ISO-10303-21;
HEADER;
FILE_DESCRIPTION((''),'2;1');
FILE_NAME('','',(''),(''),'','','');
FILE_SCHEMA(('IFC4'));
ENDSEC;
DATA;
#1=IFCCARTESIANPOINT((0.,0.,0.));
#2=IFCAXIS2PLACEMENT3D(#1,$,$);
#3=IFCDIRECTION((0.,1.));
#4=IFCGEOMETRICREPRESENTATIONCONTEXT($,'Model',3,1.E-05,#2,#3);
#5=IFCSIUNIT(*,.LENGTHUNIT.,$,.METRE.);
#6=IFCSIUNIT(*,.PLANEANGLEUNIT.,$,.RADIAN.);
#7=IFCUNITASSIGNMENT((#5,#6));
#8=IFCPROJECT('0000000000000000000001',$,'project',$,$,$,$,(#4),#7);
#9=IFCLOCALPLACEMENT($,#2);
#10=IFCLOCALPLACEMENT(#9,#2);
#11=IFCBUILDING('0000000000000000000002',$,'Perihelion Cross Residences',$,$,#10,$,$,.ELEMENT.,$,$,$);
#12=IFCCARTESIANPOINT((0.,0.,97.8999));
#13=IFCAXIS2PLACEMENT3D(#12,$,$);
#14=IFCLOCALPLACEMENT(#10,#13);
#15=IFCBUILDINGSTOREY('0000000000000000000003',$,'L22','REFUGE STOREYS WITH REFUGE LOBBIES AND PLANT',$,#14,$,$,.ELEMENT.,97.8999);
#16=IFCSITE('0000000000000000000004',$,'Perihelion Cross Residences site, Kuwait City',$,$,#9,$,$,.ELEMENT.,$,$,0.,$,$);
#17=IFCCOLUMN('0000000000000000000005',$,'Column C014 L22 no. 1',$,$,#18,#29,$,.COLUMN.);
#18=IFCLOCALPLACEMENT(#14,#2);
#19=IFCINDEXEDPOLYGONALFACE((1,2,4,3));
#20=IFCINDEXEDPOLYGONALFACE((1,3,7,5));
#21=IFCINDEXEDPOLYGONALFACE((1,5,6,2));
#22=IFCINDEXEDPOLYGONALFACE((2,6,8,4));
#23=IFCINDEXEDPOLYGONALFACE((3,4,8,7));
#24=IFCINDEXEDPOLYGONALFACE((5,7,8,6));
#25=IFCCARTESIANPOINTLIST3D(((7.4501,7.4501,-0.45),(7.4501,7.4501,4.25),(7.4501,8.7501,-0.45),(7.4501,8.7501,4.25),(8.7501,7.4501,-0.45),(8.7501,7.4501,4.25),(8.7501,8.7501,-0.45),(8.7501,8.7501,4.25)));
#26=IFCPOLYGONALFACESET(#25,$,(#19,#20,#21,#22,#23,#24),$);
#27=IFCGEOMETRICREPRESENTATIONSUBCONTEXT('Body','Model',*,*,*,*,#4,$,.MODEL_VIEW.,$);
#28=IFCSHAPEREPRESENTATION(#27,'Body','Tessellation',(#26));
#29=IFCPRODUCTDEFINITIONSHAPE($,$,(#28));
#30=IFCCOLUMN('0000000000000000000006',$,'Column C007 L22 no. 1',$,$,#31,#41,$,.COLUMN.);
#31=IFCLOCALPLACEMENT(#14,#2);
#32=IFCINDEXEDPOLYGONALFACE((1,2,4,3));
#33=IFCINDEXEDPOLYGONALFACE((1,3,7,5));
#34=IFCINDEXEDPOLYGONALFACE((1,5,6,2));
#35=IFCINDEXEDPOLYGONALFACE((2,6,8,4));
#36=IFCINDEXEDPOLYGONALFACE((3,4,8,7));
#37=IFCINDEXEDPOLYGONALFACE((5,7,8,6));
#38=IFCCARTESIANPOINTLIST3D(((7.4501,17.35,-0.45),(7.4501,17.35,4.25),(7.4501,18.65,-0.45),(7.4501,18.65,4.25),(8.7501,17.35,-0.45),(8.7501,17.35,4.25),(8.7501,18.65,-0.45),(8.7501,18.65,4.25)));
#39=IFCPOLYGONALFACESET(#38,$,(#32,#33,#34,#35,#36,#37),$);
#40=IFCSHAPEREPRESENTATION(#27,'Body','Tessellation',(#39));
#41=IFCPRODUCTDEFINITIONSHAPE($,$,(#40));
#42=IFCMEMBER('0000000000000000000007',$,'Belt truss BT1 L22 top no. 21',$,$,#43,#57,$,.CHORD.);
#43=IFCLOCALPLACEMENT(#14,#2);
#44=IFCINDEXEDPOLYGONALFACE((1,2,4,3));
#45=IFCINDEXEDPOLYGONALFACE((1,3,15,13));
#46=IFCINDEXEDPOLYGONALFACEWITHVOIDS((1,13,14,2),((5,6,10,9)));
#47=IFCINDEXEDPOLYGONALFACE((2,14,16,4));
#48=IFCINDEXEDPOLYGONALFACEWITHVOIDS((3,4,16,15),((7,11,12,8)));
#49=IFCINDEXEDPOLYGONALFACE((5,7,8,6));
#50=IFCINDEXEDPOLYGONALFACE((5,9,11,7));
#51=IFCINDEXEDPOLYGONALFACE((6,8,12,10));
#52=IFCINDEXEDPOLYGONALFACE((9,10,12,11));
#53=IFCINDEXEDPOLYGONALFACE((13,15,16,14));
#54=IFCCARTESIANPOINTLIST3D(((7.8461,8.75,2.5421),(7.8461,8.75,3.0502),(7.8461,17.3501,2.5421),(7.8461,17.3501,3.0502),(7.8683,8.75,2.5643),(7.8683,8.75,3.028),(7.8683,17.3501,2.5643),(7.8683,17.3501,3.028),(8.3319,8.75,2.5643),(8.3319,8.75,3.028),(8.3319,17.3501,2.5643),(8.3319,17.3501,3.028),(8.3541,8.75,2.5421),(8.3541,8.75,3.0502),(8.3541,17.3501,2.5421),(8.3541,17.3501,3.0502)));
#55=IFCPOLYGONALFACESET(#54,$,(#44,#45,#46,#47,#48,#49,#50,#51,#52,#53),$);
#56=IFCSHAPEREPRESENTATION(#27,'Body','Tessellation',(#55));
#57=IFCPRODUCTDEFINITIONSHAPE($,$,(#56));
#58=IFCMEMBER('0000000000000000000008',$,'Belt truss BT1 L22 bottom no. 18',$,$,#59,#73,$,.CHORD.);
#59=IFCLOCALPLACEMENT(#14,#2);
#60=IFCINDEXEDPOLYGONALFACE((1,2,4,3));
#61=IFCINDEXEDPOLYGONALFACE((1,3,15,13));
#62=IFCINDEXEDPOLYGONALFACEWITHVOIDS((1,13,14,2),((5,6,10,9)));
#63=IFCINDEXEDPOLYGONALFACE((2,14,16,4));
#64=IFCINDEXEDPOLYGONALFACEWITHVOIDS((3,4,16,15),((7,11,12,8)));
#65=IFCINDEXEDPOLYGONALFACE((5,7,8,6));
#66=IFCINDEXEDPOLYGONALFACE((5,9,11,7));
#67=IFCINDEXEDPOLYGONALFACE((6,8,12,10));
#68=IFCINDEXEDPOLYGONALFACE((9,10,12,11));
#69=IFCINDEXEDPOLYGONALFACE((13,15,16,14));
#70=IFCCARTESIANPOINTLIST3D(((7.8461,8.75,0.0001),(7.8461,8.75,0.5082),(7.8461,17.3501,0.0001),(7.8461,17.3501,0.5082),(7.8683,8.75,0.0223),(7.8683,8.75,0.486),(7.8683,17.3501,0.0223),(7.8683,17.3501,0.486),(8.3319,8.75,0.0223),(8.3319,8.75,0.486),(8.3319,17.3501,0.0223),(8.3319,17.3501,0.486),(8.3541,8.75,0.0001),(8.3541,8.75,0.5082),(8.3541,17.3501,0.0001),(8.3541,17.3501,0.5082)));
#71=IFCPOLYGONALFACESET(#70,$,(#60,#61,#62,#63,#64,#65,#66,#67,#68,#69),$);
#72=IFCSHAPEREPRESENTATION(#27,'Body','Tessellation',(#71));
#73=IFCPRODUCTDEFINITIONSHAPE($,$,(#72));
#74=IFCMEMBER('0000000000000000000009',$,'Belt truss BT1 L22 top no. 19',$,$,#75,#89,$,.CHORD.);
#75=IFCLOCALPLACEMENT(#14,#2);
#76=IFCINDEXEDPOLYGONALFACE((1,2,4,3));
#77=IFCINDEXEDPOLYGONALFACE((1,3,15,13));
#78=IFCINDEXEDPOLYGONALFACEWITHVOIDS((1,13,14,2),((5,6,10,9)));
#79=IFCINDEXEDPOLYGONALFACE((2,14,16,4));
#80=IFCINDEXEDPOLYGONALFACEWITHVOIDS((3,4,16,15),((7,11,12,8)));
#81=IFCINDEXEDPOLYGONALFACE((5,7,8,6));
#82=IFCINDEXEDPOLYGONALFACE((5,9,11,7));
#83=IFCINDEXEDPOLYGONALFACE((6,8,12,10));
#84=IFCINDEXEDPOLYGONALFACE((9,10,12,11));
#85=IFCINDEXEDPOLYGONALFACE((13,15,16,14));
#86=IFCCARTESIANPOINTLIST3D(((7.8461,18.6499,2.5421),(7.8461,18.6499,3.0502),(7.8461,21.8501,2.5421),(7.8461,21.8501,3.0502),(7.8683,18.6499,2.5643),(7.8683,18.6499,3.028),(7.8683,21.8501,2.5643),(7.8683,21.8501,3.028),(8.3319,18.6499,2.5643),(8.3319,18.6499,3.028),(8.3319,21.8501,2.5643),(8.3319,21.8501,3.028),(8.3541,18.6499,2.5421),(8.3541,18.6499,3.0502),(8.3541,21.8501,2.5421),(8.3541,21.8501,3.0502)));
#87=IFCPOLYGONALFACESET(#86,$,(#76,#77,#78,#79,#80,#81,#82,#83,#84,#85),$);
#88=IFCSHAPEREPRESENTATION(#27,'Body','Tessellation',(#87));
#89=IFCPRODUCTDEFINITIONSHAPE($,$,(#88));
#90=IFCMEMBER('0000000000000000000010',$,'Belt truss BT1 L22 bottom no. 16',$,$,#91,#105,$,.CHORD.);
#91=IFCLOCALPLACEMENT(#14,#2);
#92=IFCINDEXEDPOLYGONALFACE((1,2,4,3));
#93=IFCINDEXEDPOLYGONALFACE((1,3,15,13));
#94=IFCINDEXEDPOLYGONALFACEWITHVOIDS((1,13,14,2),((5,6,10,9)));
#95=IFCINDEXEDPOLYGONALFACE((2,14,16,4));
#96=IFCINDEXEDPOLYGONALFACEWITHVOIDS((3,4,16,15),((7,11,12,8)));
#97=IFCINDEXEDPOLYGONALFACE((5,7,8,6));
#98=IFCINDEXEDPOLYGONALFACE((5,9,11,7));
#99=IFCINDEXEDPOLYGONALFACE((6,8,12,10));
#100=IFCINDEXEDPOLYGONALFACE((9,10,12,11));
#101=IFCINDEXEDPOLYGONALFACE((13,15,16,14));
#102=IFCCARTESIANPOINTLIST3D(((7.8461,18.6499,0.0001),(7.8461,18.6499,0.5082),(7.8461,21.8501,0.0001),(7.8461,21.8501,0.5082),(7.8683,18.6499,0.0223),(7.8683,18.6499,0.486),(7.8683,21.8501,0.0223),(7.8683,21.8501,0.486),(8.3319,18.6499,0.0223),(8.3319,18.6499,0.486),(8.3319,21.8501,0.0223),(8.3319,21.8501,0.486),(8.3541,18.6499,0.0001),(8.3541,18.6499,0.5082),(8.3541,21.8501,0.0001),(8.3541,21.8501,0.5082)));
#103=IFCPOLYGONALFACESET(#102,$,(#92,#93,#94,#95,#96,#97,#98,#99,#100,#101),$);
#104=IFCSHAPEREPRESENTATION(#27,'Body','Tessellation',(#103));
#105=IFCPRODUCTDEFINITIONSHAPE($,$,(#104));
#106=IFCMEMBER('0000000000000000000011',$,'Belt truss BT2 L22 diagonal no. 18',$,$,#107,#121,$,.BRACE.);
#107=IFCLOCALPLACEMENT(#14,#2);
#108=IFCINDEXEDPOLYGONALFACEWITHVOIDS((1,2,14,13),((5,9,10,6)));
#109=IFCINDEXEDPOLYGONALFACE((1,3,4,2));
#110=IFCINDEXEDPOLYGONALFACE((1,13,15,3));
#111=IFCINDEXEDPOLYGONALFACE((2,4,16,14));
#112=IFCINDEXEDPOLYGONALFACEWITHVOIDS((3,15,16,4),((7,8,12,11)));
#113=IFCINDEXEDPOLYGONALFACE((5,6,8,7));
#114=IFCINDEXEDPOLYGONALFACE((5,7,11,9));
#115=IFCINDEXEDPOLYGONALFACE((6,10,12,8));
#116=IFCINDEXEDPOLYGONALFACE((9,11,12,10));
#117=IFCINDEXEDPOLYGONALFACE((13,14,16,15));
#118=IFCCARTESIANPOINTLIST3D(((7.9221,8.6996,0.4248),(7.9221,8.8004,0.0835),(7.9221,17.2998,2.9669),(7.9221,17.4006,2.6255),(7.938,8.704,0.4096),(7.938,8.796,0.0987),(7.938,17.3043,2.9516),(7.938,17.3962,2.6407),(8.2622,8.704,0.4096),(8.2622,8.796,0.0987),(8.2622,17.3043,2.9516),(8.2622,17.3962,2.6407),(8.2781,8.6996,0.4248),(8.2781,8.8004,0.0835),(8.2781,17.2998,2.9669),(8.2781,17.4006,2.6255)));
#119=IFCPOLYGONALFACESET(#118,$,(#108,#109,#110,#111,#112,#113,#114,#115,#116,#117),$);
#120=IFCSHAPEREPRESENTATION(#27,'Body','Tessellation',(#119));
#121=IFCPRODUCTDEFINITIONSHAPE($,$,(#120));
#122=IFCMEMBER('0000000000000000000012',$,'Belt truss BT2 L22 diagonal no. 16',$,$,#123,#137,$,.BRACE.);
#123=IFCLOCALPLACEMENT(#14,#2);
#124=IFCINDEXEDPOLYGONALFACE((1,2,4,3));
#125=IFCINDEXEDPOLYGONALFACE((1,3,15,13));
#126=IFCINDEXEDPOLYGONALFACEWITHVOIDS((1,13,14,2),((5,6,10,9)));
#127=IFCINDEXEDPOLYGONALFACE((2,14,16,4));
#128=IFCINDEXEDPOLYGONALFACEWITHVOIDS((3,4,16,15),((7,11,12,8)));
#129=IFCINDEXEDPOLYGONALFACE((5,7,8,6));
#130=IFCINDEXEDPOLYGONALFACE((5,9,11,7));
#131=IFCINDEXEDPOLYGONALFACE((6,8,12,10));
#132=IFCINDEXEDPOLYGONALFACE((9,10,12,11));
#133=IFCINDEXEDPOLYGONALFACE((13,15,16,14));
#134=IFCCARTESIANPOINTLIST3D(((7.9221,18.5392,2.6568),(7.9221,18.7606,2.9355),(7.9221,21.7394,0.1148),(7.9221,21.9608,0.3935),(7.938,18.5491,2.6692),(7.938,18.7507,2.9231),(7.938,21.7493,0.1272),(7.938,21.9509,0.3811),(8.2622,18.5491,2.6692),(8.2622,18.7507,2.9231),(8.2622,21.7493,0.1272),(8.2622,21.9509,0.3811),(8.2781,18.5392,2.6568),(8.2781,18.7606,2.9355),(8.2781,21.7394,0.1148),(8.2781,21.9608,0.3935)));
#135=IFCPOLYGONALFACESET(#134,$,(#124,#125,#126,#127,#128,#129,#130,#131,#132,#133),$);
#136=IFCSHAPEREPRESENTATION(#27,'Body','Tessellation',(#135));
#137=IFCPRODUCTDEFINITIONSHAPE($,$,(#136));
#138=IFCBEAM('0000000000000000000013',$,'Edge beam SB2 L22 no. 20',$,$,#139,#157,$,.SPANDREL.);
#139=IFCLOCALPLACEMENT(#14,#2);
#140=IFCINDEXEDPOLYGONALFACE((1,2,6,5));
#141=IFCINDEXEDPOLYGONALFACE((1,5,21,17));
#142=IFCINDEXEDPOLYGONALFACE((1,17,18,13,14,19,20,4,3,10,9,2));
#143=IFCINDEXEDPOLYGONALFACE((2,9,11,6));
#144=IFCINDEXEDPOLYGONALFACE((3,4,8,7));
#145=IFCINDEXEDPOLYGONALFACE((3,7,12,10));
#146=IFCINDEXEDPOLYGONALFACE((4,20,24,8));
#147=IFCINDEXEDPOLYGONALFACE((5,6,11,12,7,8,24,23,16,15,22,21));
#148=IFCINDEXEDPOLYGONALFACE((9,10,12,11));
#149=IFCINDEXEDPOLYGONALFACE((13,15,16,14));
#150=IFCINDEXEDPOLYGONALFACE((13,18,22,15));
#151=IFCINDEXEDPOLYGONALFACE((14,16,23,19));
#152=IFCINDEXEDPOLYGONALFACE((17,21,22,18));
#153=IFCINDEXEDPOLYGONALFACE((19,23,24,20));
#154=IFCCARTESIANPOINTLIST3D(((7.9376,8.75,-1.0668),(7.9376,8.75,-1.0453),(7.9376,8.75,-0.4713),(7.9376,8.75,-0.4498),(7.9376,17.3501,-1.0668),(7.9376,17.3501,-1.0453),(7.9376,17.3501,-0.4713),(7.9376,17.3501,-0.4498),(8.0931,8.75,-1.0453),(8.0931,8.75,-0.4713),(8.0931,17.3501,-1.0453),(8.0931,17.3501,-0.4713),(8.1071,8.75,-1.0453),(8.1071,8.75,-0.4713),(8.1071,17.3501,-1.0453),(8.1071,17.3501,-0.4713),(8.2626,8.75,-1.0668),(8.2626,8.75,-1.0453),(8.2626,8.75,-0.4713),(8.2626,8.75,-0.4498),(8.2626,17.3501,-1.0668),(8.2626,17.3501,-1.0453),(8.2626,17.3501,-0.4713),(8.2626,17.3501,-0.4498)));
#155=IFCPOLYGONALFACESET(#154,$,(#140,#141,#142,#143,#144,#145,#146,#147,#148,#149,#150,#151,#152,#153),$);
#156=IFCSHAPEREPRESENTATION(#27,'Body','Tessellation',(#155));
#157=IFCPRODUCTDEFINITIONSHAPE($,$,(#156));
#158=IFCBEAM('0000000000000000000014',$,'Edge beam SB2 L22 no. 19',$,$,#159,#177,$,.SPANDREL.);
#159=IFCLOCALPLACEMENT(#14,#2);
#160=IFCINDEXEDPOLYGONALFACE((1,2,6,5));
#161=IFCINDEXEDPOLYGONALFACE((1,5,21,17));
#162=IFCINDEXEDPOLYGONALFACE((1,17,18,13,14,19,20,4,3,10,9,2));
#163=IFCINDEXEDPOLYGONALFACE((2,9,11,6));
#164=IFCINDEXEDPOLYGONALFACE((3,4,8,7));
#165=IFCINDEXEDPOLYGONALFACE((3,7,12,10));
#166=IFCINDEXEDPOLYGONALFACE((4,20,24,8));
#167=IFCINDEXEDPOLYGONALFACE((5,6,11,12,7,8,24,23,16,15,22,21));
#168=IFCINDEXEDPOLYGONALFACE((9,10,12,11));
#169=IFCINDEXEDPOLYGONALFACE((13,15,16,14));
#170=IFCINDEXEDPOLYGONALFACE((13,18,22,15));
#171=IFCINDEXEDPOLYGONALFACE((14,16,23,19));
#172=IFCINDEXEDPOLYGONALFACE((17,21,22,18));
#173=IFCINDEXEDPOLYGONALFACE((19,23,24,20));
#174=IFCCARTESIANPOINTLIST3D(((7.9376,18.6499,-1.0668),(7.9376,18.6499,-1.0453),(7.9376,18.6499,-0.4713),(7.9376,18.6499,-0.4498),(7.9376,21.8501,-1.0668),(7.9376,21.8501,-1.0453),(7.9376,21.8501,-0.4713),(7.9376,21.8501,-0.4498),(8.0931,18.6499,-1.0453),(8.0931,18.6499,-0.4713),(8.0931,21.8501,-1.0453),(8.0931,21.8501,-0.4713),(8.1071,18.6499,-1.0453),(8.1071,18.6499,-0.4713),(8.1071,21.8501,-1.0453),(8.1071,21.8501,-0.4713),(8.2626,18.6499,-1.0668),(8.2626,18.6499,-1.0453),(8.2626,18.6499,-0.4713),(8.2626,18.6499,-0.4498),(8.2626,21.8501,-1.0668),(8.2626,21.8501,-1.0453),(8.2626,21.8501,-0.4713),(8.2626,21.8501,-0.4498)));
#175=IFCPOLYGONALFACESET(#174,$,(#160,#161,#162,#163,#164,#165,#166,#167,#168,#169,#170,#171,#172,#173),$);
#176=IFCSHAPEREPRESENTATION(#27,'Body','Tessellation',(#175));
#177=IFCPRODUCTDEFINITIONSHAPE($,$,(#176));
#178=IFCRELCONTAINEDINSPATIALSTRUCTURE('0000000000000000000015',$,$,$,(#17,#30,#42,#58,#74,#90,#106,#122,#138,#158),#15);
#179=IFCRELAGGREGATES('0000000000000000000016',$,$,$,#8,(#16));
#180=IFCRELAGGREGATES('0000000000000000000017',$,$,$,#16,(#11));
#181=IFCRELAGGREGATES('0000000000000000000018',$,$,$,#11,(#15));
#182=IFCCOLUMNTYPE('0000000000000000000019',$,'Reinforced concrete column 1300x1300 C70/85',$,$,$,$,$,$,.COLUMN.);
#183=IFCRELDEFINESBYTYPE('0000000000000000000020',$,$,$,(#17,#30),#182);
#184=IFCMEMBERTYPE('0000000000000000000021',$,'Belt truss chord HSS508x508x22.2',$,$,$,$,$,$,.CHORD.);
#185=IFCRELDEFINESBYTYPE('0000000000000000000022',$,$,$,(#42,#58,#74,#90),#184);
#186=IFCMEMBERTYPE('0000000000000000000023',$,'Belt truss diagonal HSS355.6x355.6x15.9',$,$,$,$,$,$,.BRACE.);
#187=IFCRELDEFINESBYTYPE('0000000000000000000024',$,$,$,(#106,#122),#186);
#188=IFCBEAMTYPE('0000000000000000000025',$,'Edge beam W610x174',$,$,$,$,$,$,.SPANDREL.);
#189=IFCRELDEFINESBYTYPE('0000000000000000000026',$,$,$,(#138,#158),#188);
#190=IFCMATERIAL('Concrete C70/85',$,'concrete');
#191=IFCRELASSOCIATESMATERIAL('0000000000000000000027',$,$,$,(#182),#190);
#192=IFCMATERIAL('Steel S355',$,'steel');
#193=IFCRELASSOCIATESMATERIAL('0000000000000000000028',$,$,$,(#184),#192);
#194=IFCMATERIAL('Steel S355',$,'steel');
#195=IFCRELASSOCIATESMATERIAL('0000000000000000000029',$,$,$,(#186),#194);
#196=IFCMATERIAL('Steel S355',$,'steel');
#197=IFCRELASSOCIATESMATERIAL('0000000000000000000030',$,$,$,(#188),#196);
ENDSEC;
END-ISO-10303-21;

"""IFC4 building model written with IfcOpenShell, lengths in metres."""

from ifc_helpers import new_model, si_unit, direction, frame, origin, origin_2d, place, context, subcontext, project, spatial, rectangle, hollow_rectangle, i_section, extrude, material, material_profile, profile_set, type_object, element, save


model = new_model("IFC4")

# Units and contexts
model_context = context("Model", 3, precision=1e-05, world=origin(), true_north=direction((0.0, 1.0)))
body_context = subcontext(model_context, "Body", "Model", "MODEL_VIEW")
ifc_project = project(units=[si_unit("LENGTHUNIT", "METRE"), si_unit("PLANEANGLEUNIT", "RADIAN")], contexts=[model_context])

# Site, building, storey
site_placement = place(None, origin())
site = spatial("IfcSite", under=ifc_project, at=site_placement, Name="Perihelion Cross Residences site, Kuwait City", CompositionType="ELEMENT", RefElevation=0.0)
building_placement = place(site_placement, origin())
building = spatial("IfcBuilding", under=site, at=building_placement, Name="Perihelion Cross Residences", CompositionType="ELEMENT")
storey_placement = place(building_placement, frame((0.0, 0.0, 97.8999)))
storey = spatial("IfcBuildingStorey", under=building, at=storey_placement, Name="L22", Description="REFUGE STOREYS WITH REFUGE LOBBIES AND PLANT", CompositionType="ELEMENT", Elevation=97.8999)

# Columns
ifc_material_1 = material(Name="Concrete C70/85", Category="concrete")
ifc_material_profile_1 = material_profile(ifc_material_1, rectangle(XDim=1.3, YDim=1.3, at=origin_2d()), Name="RC 1300x1300")
ifc_profile_set_1 = profile_set([ifc_material_profile_1], Name="Concrete C70/85")
column_type = type_object("IfcColumnType", Name="Reinforced concrete column 1300x1300 C70/85", PredefinedType="COLUMN", material=ifc_profile_set_1)
for number, where, z_axis, x_axis, name in (
    (1, (8.1001, 8.1001, -0.45), (0.0, 0.0, 1.0), (1.0, 0.0, 0.0), "Column C014 L22 no. 1"),
    (2, (8.1001, 18.0, -0.45), (0.0, 0.0, 1.0), (1.0, 0.0, 0.0), "Column C007 L22 no. 1"),
):
    element("IfcColumn", number, at=place(storey_placement, frame(where, z_axis=z_axis, x_axis=x_axis)), inside=storey, type_object=column_type, Name=name, PredefinedType="COLUMN", context=body_context, shape_type="SweptSolid", body=[
        extrude(rectangle(XDim=1.3, YDim=1.3, at=origin_2d()), origin(), (0.0, 0.0, 1.0), 4.7),
    ])

# Members
ifc_material_2 = material(Name="Steel S355", Category="steel")
ifc_material_profile_2 = material_profile(ifc_material_2, hollow_rectangle(XDim=0.5081, YDim=0.5081, WallThickness=0.0222, at=origin_2d()), Name="HSS508x508x22.2")
ifc_profile_set_2 = profile_set([ifc_material_profile_2], Name="Steel S355")
member_type_1 = type_object("IfcMemberType", Name="Belt truss chord HSS508x508x22.2", PredefinedType="CHORD", material=ifc_profile_set_2)
for number, where, z_axis, x_axis, name in (
    (3, (8.1001, 8.75, 2.7961), (0.0, 1.0, 0.0), (-1.0, 0.0, 0.0), "Belt truss BT1 L22 top no. 21"),
    (4, (8.1001, 8.75, 0.2542), (0.0, 1.0, 0.0), (-1.0, 0.0, 0.0), "Belt truss BT1 L22 bottom no. 18"),
):
    element("IfcMember", number, at=place(storey_placement, frame(where, z_axis=z_axis, x_axis=x_axis)), inside=storey, type_object=member_type_1, Name=name, PredefinedType="CHORD", context=body_context, shape_type="SweptSolid", body=[
        extrude(hollow_rectangle(XDim=0.5081, YDim=0.5081, WallThickness=0.0222, at=origin_2d()), origin(), (0.0, 0.0, 1.0), 8.6001),
    ])
for number, where, z_axis, x_axis, name in (
    (5, (8.1001, 18.6499, 2.7961), (0.0, 1.0, 0.0), (-1.0, 0.0, 0.0), "Belt truss BT1 L22 top no. 19"),
    (6, (8.1001, 18.6499, 0.2542), (0.0, 1.0, 0.0), (-1.0, 0.0, 0.0), "Belt truss BT1 L22 bottom no. 16"),
):
    element("IfcMember", number, at=place(storey_placement, frame(where, z_axis=z_axis, x_axis=x_axis)), inside=storey, type_object=member_type_1, Name=name, PredefinedType="CHORD", context=body_context, shape_type="SweptSolid", body=[
        extrude(hollow_rectangle(XDim=0.5081, YDim=0.5081, WallThickness=0.0222, at=origin_2d()), origin(), (0.0, 0.0, 1.0), 3.2002),
    ])
ifc_material_3 = material(Name="Steel S355", Category="steel")
ifc_material_profile_3 = material_profile(ifc_material_3, hollow_rectangle(XDim=0.356, YDim=0.356, WallThickness=0.0159, at=origin_2d()), Name="HSS355.6x355.6x15.9")
ifc_profile_set_3 = profile_set([ifc_material_profile_3], Name="Steel S355")
member_type_2 = type_object("IfcMemberType", Name="Belt truss diagonal HSS355.6x355.6x15.9", PredefinedType="BRACE", material=ifc_profile_set_3)
member_1_placement = place(storey_placement, frame((8.1001, 8.75, 0.2542), z_axis=(0.0, 0.958986, 0.283454), x_axis=(-1.0, 0.0, 0.0)))
element("IfcMember", 7, at=member_1_placement, inside=storey, type_object=member_type_2, Name="Belt truss BT2 L22 diagonal no. 18", PredefinedType="BRACE", context=body_context, shape_type="SweptSolid", body=[
    extrude(hollow_rectangle(XDim=0.356, YDim=0.356, WallThickness=0.0159, at=origin_2d()), origin(), (0.0, 0.0, 1.0), 8.968),
])
member_2_placement = place(storey_placement, frame((8.1001, 21.8501, 0.2542), z_axis=(0.0, -0.783032, 0.621981), x_axis=(1.0, 0.0, 0.0)))
element("IfcMember", 8, at=member_2_placement, inside=storey, type_object=member_type_2, Name="Belt truss BT2 L22 diagonal no. 16", PredefinedType="BRACE", context=body_context, shape_type="SweptSolid", body=[
    extrude(hollow_rectangle(XDim=0.356, YDim=0.356, WallThickness=0.0159, at=origin_2d()), origin(), (0.0, 0.0, 1.0), 4.0869),
])

# Beams
ifc_material_4 = material(Name="Steel S355", Category="steel")
ifc_material_profile_4 = material_profile(ifc_material_4, i_section(OverallWidth=0.325, OverallDepth=0.6169, WebThickness=0.0139, FlangeThickness=0.0215, at=origin_2d()), Name="W610x174")
ifc_profile_set_4 = profile_set([ifc_material_profile_4], Name="Steel S355")
beam_type_1 = type_object("IfcBeamType", Name="Edge beam W610x174", PredefinedType="SPANDREL", material=ifc_profile_set_4)
beam_1_placement = place(storey_placement, frame((8.1001, 8.75, -0.7583), z_axis=(0.0, 1.0, 0.0), x_axis=(-1.0, 0.0, 0.0)))
element("IfcBeam", 9, at=beam_1_placement, inside=storey, type_object=beam_type_1, Name="Edge beam SB2 L22 no. 20", PredefinedType="SPANDREL", context=body_context, shape_type="SweptSolid", body=[
    extrude(i_section(OverallWidth=0.325, OverallDepth=0.6169, WebThickness=0.0139, FlangeThickness=0.0215, at=origin_2d()), origin(), (0.0, 0.0, 1.0), 8.6001),
])
beam_2_placement = place(storey_placement, frame((8.1001, 18.6499, -0.7583), z_axis=(0.0, 1.0, 0.0), x_axis=(-1.0, 0.0, 0.0)))
element("IfcBeam", 10, at=beam_2_placement, inside=storey, type_object=beam_type_1, Name="Edge beam SB2 L22 no. 19", PredefinedType="SPANDREL", context=body_context, shape_type="SweptSolid", body=[
    extrude(i_section(OverallWidth=0.325, OverallDepth=0.6169, WebThickness=0.0139, FlangeThickness=0.0215, at=origin_2d()), origin(), (0.0, 0.0, 1.0), 3.2002),
])

save(model, "model.ifc")
